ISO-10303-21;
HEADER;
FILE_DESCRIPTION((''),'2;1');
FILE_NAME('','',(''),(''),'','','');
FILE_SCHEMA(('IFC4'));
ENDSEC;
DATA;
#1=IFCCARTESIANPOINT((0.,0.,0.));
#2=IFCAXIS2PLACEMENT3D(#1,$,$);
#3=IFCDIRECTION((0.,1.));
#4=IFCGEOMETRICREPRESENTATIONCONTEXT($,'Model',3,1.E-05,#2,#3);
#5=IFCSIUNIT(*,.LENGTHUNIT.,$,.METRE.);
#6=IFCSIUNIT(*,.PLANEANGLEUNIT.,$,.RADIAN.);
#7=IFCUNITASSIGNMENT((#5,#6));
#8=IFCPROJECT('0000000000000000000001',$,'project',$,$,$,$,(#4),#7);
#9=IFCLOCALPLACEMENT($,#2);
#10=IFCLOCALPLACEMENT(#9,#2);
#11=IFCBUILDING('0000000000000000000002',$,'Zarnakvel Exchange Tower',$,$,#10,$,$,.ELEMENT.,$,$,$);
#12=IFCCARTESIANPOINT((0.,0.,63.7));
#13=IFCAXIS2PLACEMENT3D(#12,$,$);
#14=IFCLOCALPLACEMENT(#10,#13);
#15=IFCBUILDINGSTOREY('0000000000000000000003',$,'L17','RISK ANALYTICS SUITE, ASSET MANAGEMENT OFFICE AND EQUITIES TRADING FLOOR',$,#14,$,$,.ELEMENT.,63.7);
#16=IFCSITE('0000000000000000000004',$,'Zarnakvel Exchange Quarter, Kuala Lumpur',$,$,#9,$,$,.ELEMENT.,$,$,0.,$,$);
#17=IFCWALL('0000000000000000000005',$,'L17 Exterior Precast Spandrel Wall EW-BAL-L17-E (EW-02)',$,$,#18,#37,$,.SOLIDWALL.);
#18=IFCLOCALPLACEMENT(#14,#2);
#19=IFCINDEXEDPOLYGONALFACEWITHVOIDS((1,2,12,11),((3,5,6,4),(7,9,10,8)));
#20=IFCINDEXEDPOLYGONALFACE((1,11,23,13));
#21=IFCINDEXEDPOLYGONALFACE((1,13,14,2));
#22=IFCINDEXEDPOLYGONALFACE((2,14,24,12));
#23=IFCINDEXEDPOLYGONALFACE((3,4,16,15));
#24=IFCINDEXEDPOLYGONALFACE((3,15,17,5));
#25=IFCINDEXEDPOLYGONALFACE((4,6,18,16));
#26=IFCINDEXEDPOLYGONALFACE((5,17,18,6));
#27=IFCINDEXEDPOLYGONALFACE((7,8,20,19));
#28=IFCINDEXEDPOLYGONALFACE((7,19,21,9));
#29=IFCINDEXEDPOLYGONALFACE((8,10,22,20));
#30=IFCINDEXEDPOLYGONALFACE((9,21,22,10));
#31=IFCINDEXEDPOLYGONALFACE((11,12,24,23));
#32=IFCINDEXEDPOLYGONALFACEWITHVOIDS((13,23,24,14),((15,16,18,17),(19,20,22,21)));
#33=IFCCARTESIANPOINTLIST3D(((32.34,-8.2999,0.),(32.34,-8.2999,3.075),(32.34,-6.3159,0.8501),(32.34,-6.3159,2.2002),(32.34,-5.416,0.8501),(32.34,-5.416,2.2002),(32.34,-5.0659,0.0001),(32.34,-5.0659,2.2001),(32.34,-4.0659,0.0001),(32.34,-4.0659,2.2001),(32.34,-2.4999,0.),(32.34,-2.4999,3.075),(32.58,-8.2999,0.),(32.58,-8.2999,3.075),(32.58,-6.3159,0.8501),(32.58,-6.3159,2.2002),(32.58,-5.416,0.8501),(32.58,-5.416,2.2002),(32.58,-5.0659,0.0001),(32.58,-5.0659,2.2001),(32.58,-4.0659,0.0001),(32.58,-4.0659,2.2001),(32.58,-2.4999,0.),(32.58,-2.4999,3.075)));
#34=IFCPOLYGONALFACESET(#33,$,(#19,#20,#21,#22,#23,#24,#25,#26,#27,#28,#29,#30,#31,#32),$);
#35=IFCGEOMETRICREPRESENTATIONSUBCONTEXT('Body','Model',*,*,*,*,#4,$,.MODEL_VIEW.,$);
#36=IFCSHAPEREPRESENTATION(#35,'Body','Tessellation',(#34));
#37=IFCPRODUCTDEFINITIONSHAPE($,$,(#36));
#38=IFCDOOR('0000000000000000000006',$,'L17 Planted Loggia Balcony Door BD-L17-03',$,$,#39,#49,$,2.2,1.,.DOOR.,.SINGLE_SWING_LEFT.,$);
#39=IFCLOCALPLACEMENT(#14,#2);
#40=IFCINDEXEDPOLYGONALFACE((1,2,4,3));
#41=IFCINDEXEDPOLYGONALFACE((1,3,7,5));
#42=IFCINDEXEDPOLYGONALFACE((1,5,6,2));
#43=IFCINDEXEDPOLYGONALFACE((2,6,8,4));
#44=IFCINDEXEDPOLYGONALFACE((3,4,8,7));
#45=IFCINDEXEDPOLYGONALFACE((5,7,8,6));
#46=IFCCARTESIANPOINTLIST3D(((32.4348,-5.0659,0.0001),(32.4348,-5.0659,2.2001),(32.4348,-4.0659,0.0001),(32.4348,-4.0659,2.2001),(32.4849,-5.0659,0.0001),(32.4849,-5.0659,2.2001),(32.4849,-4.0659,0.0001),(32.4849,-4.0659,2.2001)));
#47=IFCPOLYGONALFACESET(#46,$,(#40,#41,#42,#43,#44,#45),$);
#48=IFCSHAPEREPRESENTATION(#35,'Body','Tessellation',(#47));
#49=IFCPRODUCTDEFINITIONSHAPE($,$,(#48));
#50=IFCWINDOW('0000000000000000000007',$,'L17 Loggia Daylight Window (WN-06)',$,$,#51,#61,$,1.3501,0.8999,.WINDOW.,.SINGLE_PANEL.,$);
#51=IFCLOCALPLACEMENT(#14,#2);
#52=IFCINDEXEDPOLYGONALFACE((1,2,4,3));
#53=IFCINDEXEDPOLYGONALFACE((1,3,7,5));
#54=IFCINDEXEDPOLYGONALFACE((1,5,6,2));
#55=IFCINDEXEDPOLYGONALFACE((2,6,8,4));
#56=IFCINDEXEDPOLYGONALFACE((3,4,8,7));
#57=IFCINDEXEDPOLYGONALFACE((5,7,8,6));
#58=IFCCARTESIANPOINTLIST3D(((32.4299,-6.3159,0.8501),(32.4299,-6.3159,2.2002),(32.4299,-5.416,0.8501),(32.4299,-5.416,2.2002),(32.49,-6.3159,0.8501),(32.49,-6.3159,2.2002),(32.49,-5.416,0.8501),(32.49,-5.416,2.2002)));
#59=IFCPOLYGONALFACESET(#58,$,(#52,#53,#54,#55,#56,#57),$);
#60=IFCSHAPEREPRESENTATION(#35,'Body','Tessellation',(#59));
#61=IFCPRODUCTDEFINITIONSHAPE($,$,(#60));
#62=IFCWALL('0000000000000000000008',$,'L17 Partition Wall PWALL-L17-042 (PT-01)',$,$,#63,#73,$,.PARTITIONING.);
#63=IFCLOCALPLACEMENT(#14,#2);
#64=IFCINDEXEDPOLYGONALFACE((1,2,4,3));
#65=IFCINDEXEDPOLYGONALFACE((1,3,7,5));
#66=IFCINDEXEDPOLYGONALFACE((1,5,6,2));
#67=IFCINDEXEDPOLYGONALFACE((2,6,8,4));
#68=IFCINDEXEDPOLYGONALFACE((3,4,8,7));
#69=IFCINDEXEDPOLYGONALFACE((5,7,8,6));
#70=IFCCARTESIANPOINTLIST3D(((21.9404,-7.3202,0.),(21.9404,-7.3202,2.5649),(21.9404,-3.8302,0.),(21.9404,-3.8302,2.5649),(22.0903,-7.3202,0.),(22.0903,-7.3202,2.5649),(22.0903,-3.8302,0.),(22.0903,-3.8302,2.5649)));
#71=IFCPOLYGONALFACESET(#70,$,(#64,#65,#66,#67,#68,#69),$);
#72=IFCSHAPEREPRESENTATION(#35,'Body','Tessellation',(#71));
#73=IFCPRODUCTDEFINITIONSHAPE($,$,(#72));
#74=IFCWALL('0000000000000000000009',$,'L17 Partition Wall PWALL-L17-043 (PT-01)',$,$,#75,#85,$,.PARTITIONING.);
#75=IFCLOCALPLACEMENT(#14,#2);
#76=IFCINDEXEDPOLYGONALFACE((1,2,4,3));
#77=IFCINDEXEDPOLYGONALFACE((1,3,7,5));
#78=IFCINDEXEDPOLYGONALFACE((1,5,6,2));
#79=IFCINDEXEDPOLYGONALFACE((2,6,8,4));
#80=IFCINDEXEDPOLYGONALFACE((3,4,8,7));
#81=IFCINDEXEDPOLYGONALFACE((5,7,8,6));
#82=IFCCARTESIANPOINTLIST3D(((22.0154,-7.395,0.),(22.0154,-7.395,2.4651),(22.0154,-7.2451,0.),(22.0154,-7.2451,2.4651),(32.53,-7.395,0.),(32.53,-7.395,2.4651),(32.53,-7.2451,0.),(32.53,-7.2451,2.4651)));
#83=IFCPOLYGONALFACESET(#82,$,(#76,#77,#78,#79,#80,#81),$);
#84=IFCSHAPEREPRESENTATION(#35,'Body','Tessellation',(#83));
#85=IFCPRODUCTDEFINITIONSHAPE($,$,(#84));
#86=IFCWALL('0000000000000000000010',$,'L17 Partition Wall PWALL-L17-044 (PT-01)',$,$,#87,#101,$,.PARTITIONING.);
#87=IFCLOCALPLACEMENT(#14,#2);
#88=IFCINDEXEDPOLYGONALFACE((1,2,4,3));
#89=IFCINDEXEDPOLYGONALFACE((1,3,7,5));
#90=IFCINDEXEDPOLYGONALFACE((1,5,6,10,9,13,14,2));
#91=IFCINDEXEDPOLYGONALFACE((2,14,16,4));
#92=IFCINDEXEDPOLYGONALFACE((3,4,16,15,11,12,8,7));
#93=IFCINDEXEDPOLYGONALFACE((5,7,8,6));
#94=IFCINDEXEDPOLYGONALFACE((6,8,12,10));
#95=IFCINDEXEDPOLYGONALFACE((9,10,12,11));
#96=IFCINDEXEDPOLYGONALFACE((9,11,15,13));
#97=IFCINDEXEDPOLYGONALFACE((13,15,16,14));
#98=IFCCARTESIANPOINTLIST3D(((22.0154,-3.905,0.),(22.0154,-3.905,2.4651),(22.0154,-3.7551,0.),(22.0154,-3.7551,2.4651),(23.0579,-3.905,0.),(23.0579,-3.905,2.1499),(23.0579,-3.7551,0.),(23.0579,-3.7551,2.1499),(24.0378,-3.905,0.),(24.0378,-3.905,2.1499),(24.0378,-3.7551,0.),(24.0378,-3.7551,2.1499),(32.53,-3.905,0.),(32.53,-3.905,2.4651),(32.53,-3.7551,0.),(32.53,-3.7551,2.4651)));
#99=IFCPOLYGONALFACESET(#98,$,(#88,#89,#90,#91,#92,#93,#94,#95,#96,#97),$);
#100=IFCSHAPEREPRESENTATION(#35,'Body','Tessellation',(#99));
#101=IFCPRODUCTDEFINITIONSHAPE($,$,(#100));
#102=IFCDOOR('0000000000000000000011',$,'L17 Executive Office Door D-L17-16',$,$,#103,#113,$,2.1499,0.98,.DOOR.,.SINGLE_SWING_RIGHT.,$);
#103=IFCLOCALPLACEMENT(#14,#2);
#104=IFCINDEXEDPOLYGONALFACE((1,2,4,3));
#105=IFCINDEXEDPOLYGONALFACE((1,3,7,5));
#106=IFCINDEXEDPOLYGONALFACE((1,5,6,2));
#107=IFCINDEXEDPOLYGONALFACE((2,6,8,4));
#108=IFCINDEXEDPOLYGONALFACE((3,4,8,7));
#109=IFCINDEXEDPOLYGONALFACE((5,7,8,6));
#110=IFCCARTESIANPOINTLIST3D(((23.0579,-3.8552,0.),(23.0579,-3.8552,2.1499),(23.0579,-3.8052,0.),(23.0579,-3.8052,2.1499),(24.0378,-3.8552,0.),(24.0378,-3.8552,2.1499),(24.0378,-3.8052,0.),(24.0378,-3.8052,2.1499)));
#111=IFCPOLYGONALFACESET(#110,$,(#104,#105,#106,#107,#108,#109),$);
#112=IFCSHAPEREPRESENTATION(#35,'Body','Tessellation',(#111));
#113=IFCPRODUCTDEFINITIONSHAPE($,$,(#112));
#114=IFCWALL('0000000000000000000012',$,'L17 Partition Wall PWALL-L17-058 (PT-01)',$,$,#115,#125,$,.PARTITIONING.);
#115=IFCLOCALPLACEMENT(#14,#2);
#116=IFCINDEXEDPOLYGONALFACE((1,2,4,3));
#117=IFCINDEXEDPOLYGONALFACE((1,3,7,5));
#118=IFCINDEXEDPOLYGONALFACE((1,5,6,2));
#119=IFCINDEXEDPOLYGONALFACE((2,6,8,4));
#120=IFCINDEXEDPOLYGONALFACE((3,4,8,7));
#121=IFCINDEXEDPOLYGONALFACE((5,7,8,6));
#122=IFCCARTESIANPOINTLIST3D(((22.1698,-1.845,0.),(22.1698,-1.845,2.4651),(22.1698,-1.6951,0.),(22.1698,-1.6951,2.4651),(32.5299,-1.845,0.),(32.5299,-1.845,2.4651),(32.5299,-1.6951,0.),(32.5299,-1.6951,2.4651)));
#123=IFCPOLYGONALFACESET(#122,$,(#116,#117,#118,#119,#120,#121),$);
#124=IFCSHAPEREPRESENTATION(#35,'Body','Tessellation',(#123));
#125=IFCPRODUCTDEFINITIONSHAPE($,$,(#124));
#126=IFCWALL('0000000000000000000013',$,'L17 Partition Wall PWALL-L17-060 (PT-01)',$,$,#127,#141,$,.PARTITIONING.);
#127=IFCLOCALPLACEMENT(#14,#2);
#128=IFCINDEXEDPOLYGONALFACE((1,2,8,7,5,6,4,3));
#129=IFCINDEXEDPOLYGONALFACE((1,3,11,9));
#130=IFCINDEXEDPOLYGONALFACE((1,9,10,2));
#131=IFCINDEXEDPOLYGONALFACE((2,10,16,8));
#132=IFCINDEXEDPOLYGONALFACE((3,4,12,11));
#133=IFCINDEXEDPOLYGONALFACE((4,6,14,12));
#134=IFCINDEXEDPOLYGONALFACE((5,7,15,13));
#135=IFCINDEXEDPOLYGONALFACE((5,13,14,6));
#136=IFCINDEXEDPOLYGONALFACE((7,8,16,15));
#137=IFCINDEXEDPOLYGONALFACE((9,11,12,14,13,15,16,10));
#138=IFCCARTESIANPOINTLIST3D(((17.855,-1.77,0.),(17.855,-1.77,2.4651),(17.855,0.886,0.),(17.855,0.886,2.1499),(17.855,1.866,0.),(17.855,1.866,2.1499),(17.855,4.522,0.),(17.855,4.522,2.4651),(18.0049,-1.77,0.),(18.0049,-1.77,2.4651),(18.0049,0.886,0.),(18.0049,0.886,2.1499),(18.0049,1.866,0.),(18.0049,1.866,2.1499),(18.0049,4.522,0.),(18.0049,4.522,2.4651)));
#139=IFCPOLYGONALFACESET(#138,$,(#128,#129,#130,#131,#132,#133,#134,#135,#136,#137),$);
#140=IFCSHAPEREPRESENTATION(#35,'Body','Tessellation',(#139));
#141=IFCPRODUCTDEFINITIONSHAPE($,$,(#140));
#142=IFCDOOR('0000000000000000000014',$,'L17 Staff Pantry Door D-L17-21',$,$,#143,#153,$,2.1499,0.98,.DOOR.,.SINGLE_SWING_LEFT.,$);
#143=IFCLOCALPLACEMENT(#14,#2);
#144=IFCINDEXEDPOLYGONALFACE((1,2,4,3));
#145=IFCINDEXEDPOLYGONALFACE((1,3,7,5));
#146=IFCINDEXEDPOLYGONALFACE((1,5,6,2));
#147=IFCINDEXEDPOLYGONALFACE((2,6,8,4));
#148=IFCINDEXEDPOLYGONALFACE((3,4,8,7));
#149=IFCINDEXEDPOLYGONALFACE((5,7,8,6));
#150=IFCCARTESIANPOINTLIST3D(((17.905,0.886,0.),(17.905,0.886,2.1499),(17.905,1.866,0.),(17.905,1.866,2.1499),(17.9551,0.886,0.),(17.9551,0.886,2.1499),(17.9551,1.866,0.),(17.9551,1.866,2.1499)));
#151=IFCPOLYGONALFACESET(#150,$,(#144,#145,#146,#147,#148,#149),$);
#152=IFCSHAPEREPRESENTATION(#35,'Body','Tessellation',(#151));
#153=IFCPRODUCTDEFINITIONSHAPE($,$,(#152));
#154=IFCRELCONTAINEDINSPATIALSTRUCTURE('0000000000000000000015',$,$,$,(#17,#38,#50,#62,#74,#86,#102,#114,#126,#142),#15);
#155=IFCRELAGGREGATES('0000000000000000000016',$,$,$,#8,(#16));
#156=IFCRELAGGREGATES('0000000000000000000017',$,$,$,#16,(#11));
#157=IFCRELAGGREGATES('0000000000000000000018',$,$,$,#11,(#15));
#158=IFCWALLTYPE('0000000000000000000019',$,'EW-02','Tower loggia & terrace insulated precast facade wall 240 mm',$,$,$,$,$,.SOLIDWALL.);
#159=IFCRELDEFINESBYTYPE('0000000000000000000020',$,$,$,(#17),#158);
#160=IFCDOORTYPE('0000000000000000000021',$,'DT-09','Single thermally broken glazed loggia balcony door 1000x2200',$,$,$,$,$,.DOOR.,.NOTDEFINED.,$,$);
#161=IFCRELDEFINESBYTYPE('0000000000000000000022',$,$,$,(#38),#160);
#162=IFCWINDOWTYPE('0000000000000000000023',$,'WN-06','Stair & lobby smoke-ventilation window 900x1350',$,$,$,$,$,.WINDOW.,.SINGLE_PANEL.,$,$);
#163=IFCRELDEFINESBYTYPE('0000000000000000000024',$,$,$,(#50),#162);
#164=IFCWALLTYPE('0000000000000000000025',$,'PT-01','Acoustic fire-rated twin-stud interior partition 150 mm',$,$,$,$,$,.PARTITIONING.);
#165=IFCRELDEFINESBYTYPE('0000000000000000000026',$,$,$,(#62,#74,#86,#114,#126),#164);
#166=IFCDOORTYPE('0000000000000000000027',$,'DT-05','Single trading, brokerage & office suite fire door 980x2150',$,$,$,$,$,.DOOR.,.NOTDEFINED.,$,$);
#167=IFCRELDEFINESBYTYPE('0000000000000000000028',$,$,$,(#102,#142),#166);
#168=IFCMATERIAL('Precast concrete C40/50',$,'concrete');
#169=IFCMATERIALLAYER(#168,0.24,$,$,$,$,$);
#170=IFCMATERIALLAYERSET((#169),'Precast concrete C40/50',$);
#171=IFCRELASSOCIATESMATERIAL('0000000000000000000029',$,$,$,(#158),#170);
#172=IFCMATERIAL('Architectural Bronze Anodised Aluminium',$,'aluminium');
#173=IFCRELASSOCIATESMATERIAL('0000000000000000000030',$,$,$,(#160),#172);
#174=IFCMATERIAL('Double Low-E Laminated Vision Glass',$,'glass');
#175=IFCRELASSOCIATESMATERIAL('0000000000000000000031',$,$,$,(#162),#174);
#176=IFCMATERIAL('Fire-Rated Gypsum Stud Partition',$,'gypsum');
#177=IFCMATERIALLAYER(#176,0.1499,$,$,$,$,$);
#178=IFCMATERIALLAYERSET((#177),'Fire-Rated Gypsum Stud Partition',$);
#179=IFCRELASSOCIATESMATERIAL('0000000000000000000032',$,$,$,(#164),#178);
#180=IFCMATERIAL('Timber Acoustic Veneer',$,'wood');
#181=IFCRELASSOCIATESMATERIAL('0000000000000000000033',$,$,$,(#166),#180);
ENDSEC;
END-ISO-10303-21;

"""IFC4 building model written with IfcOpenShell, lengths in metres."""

from ifc_helpers import new_model, si_unit, direction, frame, frame_2d, origin, place, context, subcontext, project, spatial, rectangle, extrude, source, transform, mapped, material, layer, layer_set, type_object, element, fill, save


model = new_model("IFC4")

# Units and contexts
model_context = context("Model", 3, precision=1e-05, world=origin(), true_north=direction((0.0, 1.0)))
body_context = subcontext(model_context, "Body", "Model", "MODEL_VIEW")
ifc_project = project(units=[si_unit("LENGTHUNIT", "METRE"), si_unit("PLANEANGLEUNIT", "RADIAN")], contexts=[model_context])

# Site, building, storey
site_placement = place(None, origin())
site = spatial("IfcSite", under=ifc_project, at=site_placement, Name="Zarnakvel Exchange Quarter, Kuala Lumpur", CompositionType="ELEMENT", RefElevation=0.0)
building_placement = place(site_placement, origin())
building = spatial("IfcBuilding", under=site, at=building_placement, Name="Zarnakvel Exchange Tower", CompositionType="ELEMENT")
storey_placement = place(building_placement, frame((0.0, 0.0, 63.7)))
storey = spatial("IfcBuildingStorey", under=building, at=storey_placement, Name="L17", Description="RISK ANALYTICS SUITE, ASSET MANAGEMENT OFFICE AND EQUITIES TRADING FLOOR", CompositionType="ELEMENT", Elevation=63.7)

# Shared definitions
ifc_material_1 = material(Name="Architectural Bronze Anodised Aluminium", Category="aluminium")
ifc_material_2 = material(Name="Double Low-E Laminated Vision Glass", Category="glass")

# Wall, openings, door, window
ifc_material_3 = material(Name="Precast concrete C40/50", Category="concrete")
ifc_layer_1 = layer(ifc_material_3, 0.24)
ifc_layer_set_1 = layer_set([ifc_layer_1], Name="Precast concrete C40/50")
wall_type_1 = type_object("IfcWallType", Name="EW-02", Description="Tower loggia & terrace insulated precast facade wall 240 mm", PredefinedType="SOLIDWALL", material=ifc_layer_set_1)
wall_1_placement = place(storey_placement, frame((32.46, -2.5, 0.0), z_axis=(0.0, 0.0, 1.0), x_axis=(0.0, -1.0, 0.0)))
wall_1 = element("IfcWall", 1, at=wall_1_placement, inside=storey, type_object=wall_type_1, Name="L17 Exterior Precast Spandrel Wall EW-BAL-L17-E (EW-02)", PredefinedType="SOLIDWALL", context=body_context, shape_type="SweptSolid", body=[
    extrude(rectangle(XDim=5.8, YDim=0.24, at=frame_2d((2.8999, 0.0))), origin(), (0.0, 0.0, 1.0), 3.075),
])
opening_1_placement = place(wall_1_placement, frame((1.5659, 0.0, 0.0)))
opening_1 = element("IfcOpeningElement", 2, at=opening_1_placement, cuts=wall_1, PredefinedType="OPENING", context=body_context, shape_type="SweptSolid", body=[
    extrude(rectangle(XDim=1.0, YDim=2.2, at=frame_2d((0.5, 1.1001))), frame((0.0, 0.1299, 0.0), z_axis=(0.0, -1.0, 0.0), x_axis=(1.0, 0.0, 0.0)), (0.0, 0.0, 1.0), 0.26),
])
opening_2_placement = place(wall_1_placement, frame((2.916, 0.0, 0.8501)))
opening_2 = element("IfcOpeningElement", 3, at=opening_2_placement, cuts=wall_1, PredefinedType="OPENING", context=body_context, shape_type="SweptSolid", body=[
    extrude(rectangle(XDim=0.8999, YDim=1.3501, at=frame_2d((0.45, 0.675))), frame((0.0, 0.1299, 0.0), z_axis=(0.0, -1.0, 0.0), x_axis=(1.0, 0.0, 0.0)), (0.0, 0.0, 1.0), 0.26),
])
door_type_1 = type_object("IfcDoorType", Name="DT-09", Description="Single thermally broken glazed loggia balcony door 1000x2200", OperationType="NOTDEFINED", PredefinedType="DOOR", material=ifc_material_1)
shared_shape_1 = source(origin(), body_context, "Body", "SweptSolid", [
    extrude(rectangle(XDim=1.0, YDim=2.2, at=frame_2d((0.5, 1.1001))), frame((0.0, 0.0249, 0.0), z_axis=(0.0, -1.0, 0.0), x_axis=(1.0, 0.0, 0.0)), (0.0, 0.0, 1.0), 0.05),
])
door_1_placement = place(opening_1_placement, origin())
door_1 = element("IfcDoor", 4, at=door_1_placement, inside=storey, type_object=door_type_1, Name="L17 Planted Loggia Balcony Door BD-L17-03", OperationType="SINGLE_SWING_LEFT", OverallHeight=2.2, OverallWidth=1.0, PredefinedType="DOOR", context=body_context, shape_type="MappedRepresentation", body=[
    mapped(shared_shape_1, transform((0.0, 0.0, 0.0), x_axis=(1.0, 0.0, 0.0), y_axis=(0.0, 1.0, 0.0), z_axis=(0.0, 0.0, 1.0), scale=1.0)),
])
fill(opening_1, door_1)
window_type = type_object("IfcWindowType", Name="WN-06", Description="Stair & lobby smoke-ventilation window 900x1350", PartitioningType="SINGLE_PANEL", PredefinedType="WINDOW", material=ifc_material_2)
shared_shape_2 = source(origin(), body_context, "Body", "SweptSolid", [
    extrude(rectangle(XDim=0.8999, YDim=1.3501, at=frame_2d((0.45, 0.675))), frame((0.0, 0.03, 0.0), z_axis=(0.0, -1.0, 0.0), x_axis=(1.0, 0.0, 0.0)), (0.0, 0.0, 1.0), 0.0601),
])
window_placement = place(opening_2_placement, origin())
window = element("IfcWindow", 5, at=window_placement, inside=storey, type_object=window_type, Name="L17 Loggia Daylight Window (WN-06)", OverallHeight=1.3501, OverallWidth=0.8999, PartitioningType="SINGLE_PANEL", PredefinedType="WINDOW", context=body_context, shape_type="MappedRepresentation", body=[
    mapped(shared_shape_2, transform((0.0, 0.0, 0.0), x_axis=(1.0, 0.0, 0.0), y_axis=(0.0, 1.0, 0.0), z_axis=(0.0, 0.0, 1.0), scale=1.0)),
])
fill(opening_2, window)

# Walls
ifc_material_4 = material(Name="Fire-Rated Gypsum Stud Partition", Category="gypsum")
ifc_layer_2 = layer(ifc_material_4, 0.1499)
ifc_layer_set_2 = layer_set([ifc_layer_2], Name="Fire-Rated Gypsum Stud Partition")
wall_type_2 = type_object("IfcWallType", Name="PT-01", Description="Acoustic fire-rated twin-stud interior partition 150 mm", PredefinedType="PARTITIONING", material=ifc_layer_set_2)
wall_2_placement = place(storey_placement, frame((22.0154, -3.8301, 0.0), z_axis=(0.0, 0.0, 1.0), x_axis=(0.0, -1.0, 0.0)))
element("IfcWall", 6, at=wall_2_placement, inside=storey, type_object=wall_type_2, Name="L17 Partition Wall PWALL-L17-042 (PT-01)", PredefinedType="PARTITIONING", context=body_context, shape_type="SweptSolid", body=[
    extrude(rectangle(XDim=3.49, YDim=0.1499, at=frame_2d((1.7451, 0.0))), origin(), (0.0, 0.0, 1.0), 2.5649),
])
wall_3_placement = place(storey_placement, frame((32.53, -7.3201, 0.0), z_axis=(0.0, 0.0, 1.0), x_axis=(-1.0, 0.0, 0.0)))
element("IfcWall", 7, at=wall_3_placement, inside=storey, type_object=wall_type_2, Name="L17 Partition Wall PWALL-L17-043 (PT-01)", PredefinedType="PARTITIONING", context=body_context, shape_type="SweptSolid", body=[
    extrude(rectangle(XDim=10.5146, YDim=0.1499, at=frame_2d((5.2573, 0.0))), origin(), (0.0, 0.0, 1.0), 2.4651),
])

# Wall, opening, door
wall_4_placement = place(storey_placement, frame((22.0154, -3.8301, 0.0), z_axis=(0.0, 0.0, 1.0), x_axis=(1.0, 0.0, 0.0)))
wall_4 = element("IfcWall", 8, at=wall_4_placement, inside=storey, type_object=wall_type_2, Name="L17 Partition Wall PWALL-L17-044 (PT-01)", PredefinedType="PARTITIONING", context=body_context, shape_type="SweptSolid", body=[
    extrude(rectangle(XDim=10.5146, YDim=0.1499, at=frame_2d((5.2573, 0.0))), origin(), (0.0, 0.0, 1.0), 2.4651),
])
opening_3_placement = place(wall_4_placement, frame((1.0425, 0.0, 0.0)))
opening_3 = element("IfcOpeningElement", 9, at=opening_3_placement, cuts=wall_4, PredefinedType="OPENING", context=body_context, shape_type="SweptSolid", body=[
    extrude(rectangle(XDim=0.98, YDim=2.1499, at=frame_2d((0.49, 1.075))), frame((0.0, 0.085, 0.0), z_axis=(0.0, -1.0, 0.0), x_axis=(1.0, 0.0, 0.0)), (0.0, 0.0, 1.0), 0.1699),
])
ifc_material_5 = material(Name="Timber Acoustic Veneer", Category="wood")
door_type_2 = type_object("IfcDoorType", Name="DT-05", Description="Single trading, brokerage & office suite fire door 980x2150", OperationType="NOTDEFINED", PredefinedType="DOOR", material=ifc_material_5)
shared_shape_3 = source(origin(), body_context, "Body", "SweptSolid", [
    extrude(rectangle(XDim=0.98, YDim=2.1499, at=frame_2d((0.49, 1.075))), frame((0.0, 0.0249, 0.0), z_axis=(0.0, -1.0, 0.0), x_axis=(1.0, 0.0, 0.0)), (0.0, 0.0, 1.0), 0.05),
])
door_2_placement = place(opening_3_placement, origin())
door_2 = element("IfcDoor", 10, at=door_2_placement, inside=storey, type_object=door_type_2, Name="L17 Executive Office Door D-L17-16", OperationType="SINGLE_SWING_RIGHT", OverallHeight=2.1499, OverallWidth=0.98, PredefinedType="DOOR", context=body_context, shape_type="MappedRepresentation", body=[
    mapped(shared_shape_3, transform((0.0, 0.0, 0.0), x_axis=(1.0, 0.0, 0.0), y_axis=(0.0, 1.0, 0.0), z_axis=(0.0, 0.0, 1.0), scale=1.0)),
])
fill(opening_3, door_2)

# Wall
wall_5_placement = place(storey_placement, frame((32.53, -1.77, 0.0), z_axis=(0.0, 0.0, 1.0), x_axis=(-1.0, 0.0, 0.0)))
element("IfcWall", 11, at=wall_5_placement, inside=storey, type_object=wall_type_2, Name="L17 Partition Wall PWALL-L17-058 (PT-01)", PredefinedType="PARTITIONING", context=body_context, shape_type="SweptSolid", body=[
    extrude(rectangle(XDim=10.3601, YDim=0.1499, at=frame_2d((5.1802, 0.0))), origin(), (0.0, 0.0, 1.0), 2.4651),
])

# Wall, opening, door
wall_6_placement = place(storey_placement, frame((17.9299, -1.77, 0.0), z_axis=(0.0, 0.0, 1.0), x_axis=(0.0, 1.0, 0.0)))
wall_6 = element("IfcWall", 12, at=wall_6_placement, inside=storey, type_object=wall_type_2, Name="L17 Partition Wall PWALL-L17-060 (PT-01)", PredefinedType="PARTITIONING", context=body_context, shape_type="SweptSolid", body=[
    extrude(rectangle(XDim=6.292, YDim=0.1499, at=frame_2d((3.146, 0.0))), origin(), (0.0, 0.0, 1.0), 2.4651),
])
opening_4_placement = place(wall_6_placement, frame((2.656, 0.0, 0.0)))
opening_4 = element("IfcOpeningElement", 13, at=opening_4_placement, cuts=wall_6, PredefinedType="OPENING", context=body_context, shape_type="SweptSolid", body=[
    extrude(rectangle(XDim=0.98, YDim=2.1499, at=frame_2d((0.49, 1.075))), frame((0.0, 0.085, 0.0), z_axis=(0.0, -1.0, 0.0), x_axis=(1.0, 0.0, 0.0)), (0.0, 0.0, 1.0), 0.1699),
])
door_3_placement = place(opening_4_placement, origin())
door_3 = element("IfcDoor", 14, at=door_3_placement, inside=storey, type_object=door_type_2, Name="L17 Staff Pantry Door D-L17-21", OperationType="SINGLE_SWING_LEFT", OverallHeight=2.1499, OverallWidth=0.98, PredefinedType="DOOR", context=body_context, shape_type="MappedRepresentation", body=[
    mapped(shared_shape_3, transform((0.0, 0.0, 0.0), x_axis=(1.0, 0.0, 0.0), y_axis=(0.0, 1.0, 0.0), z_axis=(0.0, 0.0, 1.0), scale=1.0)),
])
fill(opening_4, door_3)

save(model, "model.ifc")
